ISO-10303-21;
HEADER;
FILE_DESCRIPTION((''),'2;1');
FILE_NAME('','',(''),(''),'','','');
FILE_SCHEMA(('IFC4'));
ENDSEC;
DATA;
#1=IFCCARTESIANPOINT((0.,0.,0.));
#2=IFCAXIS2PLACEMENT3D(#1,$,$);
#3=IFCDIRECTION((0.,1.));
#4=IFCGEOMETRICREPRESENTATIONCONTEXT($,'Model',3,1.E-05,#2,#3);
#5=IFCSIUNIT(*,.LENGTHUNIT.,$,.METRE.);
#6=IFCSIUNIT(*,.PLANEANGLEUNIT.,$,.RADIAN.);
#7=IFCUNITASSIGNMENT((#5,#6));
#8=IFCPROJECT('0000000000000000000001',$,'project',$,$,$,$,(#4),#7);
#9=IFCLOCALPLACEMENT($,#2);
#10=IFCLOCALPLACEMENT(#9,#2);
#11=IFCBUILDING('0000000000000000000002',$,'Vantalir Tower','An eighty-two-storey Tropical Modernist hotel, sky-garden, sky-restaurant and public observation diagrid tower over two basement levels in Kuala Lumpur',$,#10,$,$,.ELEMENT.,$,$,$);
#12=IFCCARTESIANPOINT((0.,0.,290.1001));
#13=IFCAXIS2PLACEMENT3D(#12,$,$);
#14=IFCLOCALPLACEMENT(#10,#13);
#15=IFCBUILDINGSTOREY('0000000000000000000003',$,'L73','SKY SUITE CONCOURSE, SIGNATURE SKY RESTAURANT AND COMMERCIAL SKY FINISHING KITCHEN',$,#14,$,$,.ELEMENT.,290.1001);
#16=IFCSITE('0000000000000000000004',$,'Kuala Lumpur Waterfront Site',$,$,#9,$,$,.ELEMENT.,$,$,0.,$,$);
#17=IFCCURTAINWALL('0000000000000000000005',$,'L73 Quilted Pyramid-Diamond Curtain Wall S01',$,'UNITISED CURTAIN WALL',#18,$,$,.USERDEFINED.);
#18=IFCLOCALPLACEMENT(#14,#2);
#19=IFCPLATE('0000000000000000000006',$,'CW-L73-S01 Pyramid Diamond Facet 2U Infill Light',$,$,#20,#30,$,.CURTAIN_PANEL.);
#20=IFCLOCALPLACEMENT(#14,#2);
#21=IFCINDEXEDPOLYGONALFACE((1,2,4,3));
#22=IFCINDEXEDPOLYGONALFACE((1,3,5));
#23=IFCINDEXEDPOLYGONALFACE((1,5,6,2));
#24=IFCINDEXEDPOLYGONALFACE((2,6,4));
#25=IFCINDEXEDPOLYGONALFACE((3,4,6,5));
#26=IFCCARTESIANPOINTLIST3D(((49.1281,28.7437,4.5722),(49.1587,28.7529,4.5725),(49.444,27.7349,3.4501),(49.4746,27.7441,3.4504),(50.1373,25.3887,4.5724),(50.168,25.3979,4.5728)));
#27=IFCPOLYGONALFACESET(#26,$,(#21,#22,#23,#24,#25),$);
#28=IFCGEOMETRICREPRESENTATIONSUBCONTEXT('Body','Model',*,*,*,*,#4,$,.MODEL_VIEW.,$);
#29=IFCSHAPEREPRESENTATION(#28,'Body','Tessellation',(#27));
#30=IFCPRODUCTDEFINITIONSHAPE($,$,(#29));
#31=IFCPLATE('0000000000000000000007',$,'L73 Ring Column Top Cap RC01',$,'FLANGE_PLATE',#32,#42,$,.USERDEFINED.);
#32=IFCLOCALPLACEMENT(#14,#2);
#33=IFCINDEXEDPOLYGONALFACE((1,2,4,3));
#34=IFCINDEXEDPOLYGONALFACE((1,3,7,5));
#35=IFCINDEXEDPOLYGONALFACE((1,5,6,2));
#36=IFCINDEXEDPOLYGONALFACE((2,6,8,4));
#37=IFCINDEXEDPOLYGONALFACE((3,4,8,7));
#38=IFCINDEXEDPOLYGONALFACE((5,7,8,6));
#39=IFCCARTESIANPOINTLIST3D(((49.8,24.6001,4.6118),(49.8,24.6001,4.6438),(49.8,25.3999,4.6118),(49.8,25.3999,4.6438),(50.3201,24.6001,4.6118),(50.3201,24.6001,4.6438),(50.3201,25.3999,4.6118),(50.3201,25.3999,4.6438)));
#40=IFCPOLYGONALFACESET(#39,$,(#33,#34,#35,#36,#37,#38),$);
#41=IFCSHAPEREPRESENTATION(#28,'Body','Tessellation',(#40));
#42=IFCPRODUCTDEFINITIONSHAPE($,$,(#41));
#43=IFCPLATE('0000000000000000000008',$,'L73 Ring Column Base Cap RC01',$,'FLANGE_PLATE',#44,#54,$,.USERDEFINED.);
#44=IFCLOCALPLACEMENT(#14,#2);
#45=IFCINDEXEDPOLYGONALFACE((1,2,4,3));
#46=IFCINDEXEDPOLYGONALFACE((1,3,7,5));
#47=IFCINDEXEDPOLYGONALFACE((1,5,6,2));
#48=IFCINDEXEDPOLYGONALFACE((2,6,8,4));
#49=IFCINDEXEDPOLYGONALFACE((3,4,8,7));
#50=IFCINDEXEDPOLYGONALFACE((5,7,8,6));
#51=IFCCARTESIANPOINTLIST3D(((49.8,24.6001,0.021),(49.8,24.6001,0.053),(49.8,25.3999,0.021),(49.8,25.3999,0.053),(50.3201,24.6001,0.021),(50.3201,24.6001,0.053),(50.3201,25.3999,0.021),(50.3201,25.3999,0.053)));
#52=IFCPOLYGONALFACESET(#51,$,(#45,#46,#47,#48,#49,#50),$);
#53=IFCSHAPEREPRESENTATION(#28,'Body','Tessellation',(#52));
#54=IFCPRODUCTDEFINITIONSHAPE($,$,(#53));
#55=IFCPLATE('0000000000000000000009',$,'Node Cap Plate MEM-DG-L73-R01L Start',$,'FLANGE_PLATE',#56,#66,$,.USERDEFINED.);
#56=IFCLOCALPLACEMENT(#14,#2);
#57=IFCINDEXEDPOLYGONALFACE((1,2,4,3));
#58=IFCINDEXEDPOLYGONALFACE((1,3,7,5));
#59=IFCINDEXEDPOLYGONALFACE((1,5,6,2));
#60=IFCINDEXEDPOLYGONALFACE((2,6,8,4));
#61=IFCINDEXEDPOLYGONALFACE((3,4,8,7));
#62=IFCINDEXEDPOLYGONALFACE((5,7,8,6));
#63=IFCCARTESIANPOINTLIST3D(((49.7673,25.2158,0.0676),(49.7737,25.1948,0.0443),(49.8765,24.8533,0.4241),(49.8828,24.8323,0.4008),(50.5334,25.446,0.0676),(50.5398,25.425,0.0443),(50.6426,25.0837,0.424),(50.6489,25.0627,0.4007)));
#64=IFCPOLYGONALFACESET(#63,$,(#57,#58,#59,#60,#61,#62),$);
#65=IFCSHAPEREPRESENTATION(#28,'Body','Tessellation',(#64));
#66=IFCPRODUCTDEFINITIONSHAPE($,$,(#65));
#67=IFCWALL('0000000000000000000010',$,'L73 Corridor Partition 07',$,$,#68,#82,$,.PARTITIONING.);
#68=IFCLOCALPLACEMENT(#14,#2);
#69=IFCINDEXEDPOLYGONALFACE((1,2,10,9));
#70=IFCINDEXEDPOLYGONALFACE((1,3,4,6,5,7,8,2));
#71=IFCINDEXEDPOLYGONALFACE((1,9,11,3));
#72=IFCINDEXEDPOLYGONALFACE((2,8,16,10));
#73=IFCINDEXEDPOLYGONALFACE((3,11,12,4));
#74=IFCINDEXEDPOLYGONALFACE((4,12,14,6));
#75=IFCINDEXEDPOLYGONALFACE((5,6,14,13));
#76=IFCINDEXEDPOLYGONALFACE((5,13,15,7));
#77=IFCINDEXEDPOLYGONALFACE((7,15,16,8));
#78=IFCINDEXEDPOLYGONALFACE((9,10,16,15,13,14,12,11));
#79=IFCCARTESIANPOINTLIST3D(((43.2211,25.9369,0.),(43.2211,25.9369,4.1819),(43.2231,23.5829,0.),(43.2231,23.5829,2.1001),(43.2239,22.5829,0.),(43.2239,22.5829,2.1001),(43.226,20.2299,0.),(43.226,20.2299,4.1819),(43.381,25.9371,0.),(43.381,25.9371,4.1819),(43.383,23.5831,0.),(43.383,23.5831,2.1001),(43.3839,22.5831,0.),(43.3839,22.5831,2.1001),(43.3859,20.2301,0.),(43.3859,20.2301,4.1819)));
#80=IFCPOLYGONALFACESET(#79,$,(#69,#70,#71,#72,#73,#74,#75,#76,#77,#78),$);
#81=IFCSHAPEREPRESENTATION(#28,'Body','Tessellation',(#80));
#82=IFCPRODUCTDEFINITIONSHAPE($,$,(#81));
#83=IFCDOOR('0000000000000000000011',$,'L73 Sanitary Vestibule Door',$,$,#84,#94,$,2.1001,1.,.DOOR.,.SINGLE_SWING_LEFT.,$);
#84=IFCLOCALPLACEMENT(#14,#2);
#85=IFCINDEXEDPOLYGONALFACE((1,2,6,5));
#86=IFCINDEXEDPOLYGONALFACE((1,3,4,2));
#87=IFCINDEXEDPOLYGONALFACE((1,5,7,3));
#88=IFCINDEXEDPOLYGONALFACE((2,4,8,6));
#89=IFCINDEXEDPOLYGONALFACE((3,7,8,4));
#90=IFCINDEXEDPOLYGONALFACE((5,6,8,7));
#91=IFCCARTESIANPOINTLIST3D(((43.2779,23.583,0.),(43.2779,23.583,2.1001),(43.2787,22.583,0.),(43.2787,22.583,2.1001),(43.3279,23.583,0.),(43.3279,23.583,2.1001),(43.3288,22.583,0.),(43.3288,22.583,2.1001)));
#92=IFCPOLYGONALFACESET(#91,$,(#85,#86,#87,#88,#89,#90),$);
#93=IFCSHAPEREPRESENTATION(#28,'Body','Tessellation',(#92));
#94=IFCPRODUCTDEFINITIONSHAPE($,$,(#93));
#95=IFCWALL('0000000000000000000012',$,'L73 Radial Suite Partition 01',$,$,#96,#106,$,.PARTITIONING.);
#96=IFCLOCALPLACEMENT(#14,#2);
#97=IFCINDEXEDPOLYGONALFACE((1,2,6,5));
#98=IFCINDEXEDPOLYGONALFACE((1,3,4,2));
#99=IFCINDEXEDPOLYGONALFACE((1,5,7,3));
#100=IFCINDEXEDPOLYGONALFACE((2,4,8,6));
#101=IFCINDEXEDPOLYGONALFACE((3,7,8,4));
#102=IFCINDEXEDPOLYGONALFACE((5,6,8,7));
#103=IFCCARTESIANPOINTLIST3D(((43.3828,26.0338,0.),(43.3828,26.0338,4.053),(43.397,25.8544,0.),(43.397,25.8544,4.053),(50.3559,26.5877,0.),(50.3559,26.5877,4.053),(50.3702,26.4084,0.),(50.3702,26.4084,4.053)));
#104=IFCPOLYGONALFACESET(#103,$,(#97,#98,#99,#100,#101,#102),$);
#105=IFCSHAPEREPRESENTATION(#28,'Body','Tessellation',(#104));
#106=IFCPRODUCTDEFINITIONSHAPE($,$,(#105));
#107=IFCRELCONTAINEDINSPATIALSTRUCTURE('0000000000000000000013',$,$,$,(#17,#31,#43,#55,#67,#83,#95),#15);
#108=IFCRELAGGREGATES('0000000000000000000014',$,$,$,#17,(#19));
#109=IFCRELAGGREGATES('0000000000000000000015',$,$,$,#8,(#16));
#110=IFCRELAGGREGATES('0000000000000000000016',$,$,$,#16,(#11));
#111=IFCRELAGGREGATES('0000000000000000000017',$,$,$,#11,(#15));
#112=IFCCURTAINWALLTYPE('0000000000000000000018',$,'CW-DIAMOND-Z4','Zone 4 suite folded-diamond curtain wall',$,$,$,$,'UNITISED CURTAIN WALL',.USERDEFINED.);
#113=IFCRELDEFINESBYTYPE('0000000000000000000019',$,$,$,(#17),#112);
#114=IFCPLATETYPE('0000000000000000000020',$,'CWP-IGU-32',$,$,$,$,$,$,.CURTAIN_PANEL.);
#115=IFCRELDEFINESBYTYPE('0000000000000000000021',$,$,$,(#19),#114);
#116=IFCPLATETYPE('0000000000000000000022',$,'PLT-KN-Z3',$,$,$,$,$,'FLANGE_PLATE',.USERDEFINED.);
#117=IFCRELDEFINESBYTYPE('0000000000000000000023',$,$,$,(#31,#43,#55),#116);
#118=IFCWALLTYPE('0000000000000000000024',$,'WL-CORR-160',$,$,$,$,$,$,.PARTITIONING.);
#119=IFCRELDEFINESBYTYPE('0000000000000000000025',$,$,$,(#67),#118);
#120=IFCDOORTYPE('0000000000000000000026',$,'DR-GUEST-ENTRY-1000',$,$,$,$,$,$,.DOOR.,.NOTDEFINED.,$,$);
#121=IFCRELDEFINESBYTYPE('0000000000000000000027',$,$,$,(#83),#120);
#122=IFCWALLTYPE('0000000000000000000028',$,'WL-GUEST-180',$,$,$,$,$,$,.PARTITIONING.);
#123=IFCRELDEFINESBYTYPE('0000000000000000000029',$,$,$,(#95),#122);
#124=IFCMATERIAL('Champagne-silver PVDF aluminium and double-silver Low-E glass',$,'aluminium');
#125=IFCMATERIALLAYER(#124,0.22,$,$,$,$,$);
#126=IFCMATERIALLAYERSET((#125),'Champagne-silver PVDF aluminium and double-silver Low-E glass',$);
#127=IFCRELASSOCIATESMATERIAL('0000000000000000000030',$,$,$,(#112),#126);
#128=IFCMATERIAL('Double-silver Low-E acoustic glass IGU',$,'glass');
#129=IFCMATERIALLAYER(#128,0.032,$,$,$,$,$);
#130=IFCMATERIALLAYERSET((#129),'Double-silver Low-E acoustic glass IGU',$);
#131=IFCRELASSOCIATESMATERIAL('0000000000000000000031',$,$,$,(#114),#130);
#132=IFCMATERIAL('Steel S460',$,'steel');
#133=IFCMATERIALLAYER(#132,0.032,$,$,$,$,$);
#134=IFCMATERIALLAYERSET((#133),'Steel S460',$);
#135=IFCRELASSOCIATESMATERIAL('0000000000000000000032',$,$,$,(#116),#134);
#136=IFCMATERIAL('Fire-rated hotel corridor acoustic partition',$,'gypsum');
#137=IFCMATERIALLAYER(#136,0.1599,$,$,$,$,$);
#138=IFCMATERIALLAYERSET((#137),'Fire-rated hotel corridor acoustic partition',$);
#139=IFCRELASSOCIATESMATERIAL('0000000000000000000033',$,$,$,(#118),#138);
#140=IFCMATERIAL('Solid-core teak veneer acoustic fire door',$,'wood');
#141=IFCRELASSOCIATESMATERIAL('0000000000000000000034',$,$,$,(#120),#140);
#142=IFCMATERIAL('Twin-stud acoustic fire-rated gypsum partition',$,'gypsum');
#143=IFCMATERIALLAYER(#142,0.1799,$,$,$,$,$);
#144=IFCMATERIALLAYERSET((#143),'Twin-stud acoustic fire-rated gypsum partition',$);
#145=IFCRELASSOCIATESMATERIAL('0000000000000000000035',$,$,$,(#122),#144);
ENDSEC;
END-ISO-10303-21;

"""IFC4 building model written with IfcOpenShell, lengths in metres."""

from ifc_helpers import new_model, si_unit, direction, frame, frame_2d, origin, place, context, subcontext, project, spatial, polyline, rectangle, outline, extrude, material, layer, layer_set, type_object, element, fill, aggregate, save


model = new_model("IFC4")

# Units and contexts
model_context = context("Model", 3, precision=1e-05, world=origin(), true_north=direction((0.0, 1.0)))
body_context = subcontext(model_context, "Body", "Model", "MODEL_VIEW")
ifc_project = project(units=[si_unit("LENGTHUNIT", "METRE"), si_unit("PLANEANGLEUNIT", "RADIAN")], contexts=[model_context])

# Site, building, storey
site_placement = place(None, origin())
site = spatial("IfcSite", under=ifc_project, at=site_placement, Name="Kuala Lumpur Waterfront Site", CompositionType="ELEMENT", RefElevation=0.0)
building_placement = place(site_placement, origin())
building = spatial("IfcBuilding", under=site, at=building_placement, Name="Vantalir Tower", Description="An eighty-two-storey Tropical Modernist hotel, sky-garden, sky-restaurant and public observation diagrid tower over two basement levels in Kuala Lumpur", CompositionType="ELEMENT")
storey_placement = place(building_placement, frame((0.0, 0.0, 290.1001)))
storey = spatial("IfcBuildingStorey", under=building, at=storey_placement, Name="L73", Description="SKY SUITE CONCOURSE, SIGNATURE SKY RESTAURANT AND COMMERCIAL SKY FINISHING KITCHEN", CompositionType="ELEMENT", Elevation=290.1001)

# Shared definitions
ifc_material_1 = material(Name="Steel S460", Category="steel")

# Curtain wall
ifc_material_2 = material(Name="Champagne-silver PVDF aluminium and double-silver Low-E glass", Category="aluminium")
ifc_layer_1 = layer(ifc_material_2, 0.22)
ifc_layer_set_1 = layer_set([ifc_layer_1], Name="Champagne-silver PVDF aluminium and double-silver Low-E glass")
curtain_wall_type = type_object("IfcCurtainWallType", Name="CW-DIAMOND-Z4", Description="Zone 4 suite folded-diamond curtain wall", ElementType="UNITISED CURTAIN WALL", PredefinedType="USERDEFINED", material=ifc_layer_set_1)
curtain_wall_placement = place(storey_placement, origin())
curtain_wall = element("IfcCurtainWall", 1, at=curtain_wall_placement, inside=storey, type_object=curtain_wall_type, Name="L73 Quilted Pyramid-Diamond Curtain Wall S01", ObjectType="UNITISED CURTAIN WALL", PredefinedType="USERDEFINED")

# Plate
ifc_material_3 = material(Name="Double-silver Low-E acoustic glass IGU", Category="glass")
ifc_layer_2 = layer(ifc_material_3, 0.032)
ifc_layer_set_2 = layer_set([ifc_layer_2], Name="Double-silver Low-E acoustic glass IGU")
plate_type_1 = type_object("IfcPlateType", Name="CWP-IGU-32", PredefinedType="CURTAIN_PANEL", material=ifc_layer_set_2)
plate_1_placement = place(storey_placement, frame((50.168, 25.3979, 4.5728), z_axis=(0.957553, 0.288061, 0.010619), x_axis=(-0.288077, 0.957607, -0.00007)))
plate_1 = element("IfcPlate", 2, at=plate_1_placement, type_object=plate_type_1, Name="CW-L73-S01 Pyramid Diamond Facet 2U Infill Light", PredefinedType="CURTAIN_PANEL", context=body_context, shape_type="SweptSolid", body=[
    extrude(outline(polyline([(0.0, 0.0), (3.5035, 0.0), (2.4465, -1.1222), (0.0, 0.0)])), origin(), (0.0, 0.0, -1.0), 0.032),
])
aggregate(curtain_wall, [plate_1])

# Plates
ifc_layer_3 = layer(ifc_material_1, 0.032)
ifc_layer_set_3 = layer_set([ifc_layer_3], Name="Steel S460")
plate_type_2 = type_object("IfcPlateType", Name="PLT-KN-Z3", ElementType="FLANGE_PLATE", PredefinedType="USERDEFINED", material=ifc_layer_set_3)
for number, where, z_axis, x_axis, name in (
    (3, (49.8, 25.3999, 4.6438), (0.0, 0.0, 1.0), (0.0, -1.0, 0.0), "L73 Ring Column Top Cap RC01"),
    (4, (49.8, 25.3999, 0.053), (0.0, 0.0, 1.0), (0.0, -1.0, 0.0), "L73 Ring Column Base Cap RC01"),
):
    element("IfcPlate", number, at=place(storey_placement, frame(where, z_axis=z_axis, x_axis=x_axis)), inside=storey, type_object=plate_type_2, Name=name, ObjectType="FLANGE_PLATE", PredefinedType="USERDEFINED", context=body_context, shape_type="SweptSolid", body=[
        extrude(outline(polyline([(0.0, 0.0), (0.7998, 0.0), (0.7998, 0.52), (0.0, 0.52), (0.0, 0.0)])), origin(), (0.0, 0.0, -1.0), 0.032),
    ])
plate_2_placement = place(storey_placement, frame((50.5334, 25.446, 0.0676), z_axis=(-0.197403, 0.656544, 0.727999), x_axis=(-0.957672, -0.287862, -0.000073)))
element("IfcPlate", 5, at=plate_2_placement, inside=storey, type_object=plate_type_2, Name="Node Cap Plate MEM-DG-L73-R01L Start", ObjectType="FLANGE_PLATE", PredefinedType="USERDEFINED", context=body_context, shape_type="SweptSolid", body=[
    extrude(outline(polyline([(0.0, 0.0), (0.8, 0.0), (0.7998, 0.52), (-0.0002, 0.5198), (0.0, 0.0)])), origin(), (0.0, 0.0, -1.0), 0.032),
])

# Wall, opening, door
ifc_material_4 = material(Name="Fire-rated hotel corridor acoustic partition", Category="gypsum")
ifc_layer_4 = layer(ifc_material_4, 0.1599)
ifc_layer_set_4 = layer_set([ifc_layer_4], Name="Fire-rated hotel corridor acoustic partition")
wall_type_1 = type_object("IfcWallType", Name="WL-CORR-160", PredefinedType="PARTITIONING", material=ifc_layer_set_4)
wall_1_placement = place(storey_placement, frame((43.301, 25.937, 0.0), z_axis=(0.0, 0.0, 1.0), x_axis=(0.000856, -1.0, 0.0)))
wall_1 = element("IfcWall", 6, at=wall_1_placement, inside=storey, type_object=wall_type_1, Name="L73 Corridor Partition 07", PredefinedType="PARTITIONING", context=body_context, shape_type="SweptSolid", body=[
    extrude(rectangle(XDim=5.707, YDim=0.1599, at=frame_2d((2.8535, 0.0))), origin(), (0.0, 0.0, 1.0), 4.1819),
])
opening_placement = place(wall_1_placement, frame((2.354, 0.0, 0.0)))
opening = element("IfcOpeningElement", 7, at=opening_placement, cuts=wall_1, PredefinedType="OPENING", context=body_context, shape_type="SweptSolid", body=[
    extrude(rectangle(XDim=1.0, YDim=2.1001, at=frame_2d((0.5, 1.05))), frame((0.0, 0.0898, 0.0), z_axis=(0.0, -1.0, 0.0), x_axis=(1.0, 0.0, 0.0)), (0.0, 0.0, 1.0), 0.1799),
])
ifc_material_5 = material(Name="Solid-core teak veneer acoustic fire door", Category="wood")
door_type = type_object("IfcDoorType", Name="DR-GUEST-ENTRY-1000", OperationType="NOTDEFINED", PredefinedType="DOOR", material=ifc_material_5)
door_placement = place(opening_placement, origin())
door = element("IfcDoor", 8, at=door_placement, inside=storey, type_object=door_type, Name="L73 Sanitary Vestibule Door", OperationType="SINGLE_SWING_LEFT", OverallHeight=2.1001, OverallWidth=1.0, PredefinedType="DOOR", context=body_context, shape_type="SweptSolid", body=[
    extrude(rectangle(XDim=1.0, YDim=2.1001, at=frame_2d((0.5, 1.05))), frame((0.0, 0.0249, 0.0), z_axis=(0.0, -1.0, 0.0), x_axis=(1.0, 0.0, 0.0)), (0.0, 0.0, 1.0), 0.05),
])
fill(opening, door)

# Wall
ifc_material_6 = material(Name="Twin-stud acoustic fire-rated gypsum partition", Category="gypsum")
ifc_layer_5 = layer(ifc_material_6, 0.1799)
ifc_layer_set_5 = layer_set([ifc_layer_5], Name="Twin-stud acoustic fire-rated gypsum partition")
wall_type_2 = type_object("IfcWallType", Name="WL-GUEST-180", PredefinedType="PARTITIONING", material=ifc_layer_set_5)
wall_2_placement = place(storey_placement, frame((43.3899, 25.9441, 0.0), z_axis=(0.0, 0.0, 1.0), x_axis=(0.996859, 0.079192, 0.0)))
element("IfcWall", 9, at=wall_2_placement, inside=storey, type_object=wall_type_2, Name="L73 Radial Suite Partition 01", PredefinedType="PARTITIONING", context=body_context, shape_type="SweptSolid", body=[
    extrude(rectangle(XDim=6.9951, YDim=0.1799, at=frame_2d((3.4976, 0.0))), origin(), (0.0, 0.0, 1.0), 4.053),
])

save(model, "model.ifc")
